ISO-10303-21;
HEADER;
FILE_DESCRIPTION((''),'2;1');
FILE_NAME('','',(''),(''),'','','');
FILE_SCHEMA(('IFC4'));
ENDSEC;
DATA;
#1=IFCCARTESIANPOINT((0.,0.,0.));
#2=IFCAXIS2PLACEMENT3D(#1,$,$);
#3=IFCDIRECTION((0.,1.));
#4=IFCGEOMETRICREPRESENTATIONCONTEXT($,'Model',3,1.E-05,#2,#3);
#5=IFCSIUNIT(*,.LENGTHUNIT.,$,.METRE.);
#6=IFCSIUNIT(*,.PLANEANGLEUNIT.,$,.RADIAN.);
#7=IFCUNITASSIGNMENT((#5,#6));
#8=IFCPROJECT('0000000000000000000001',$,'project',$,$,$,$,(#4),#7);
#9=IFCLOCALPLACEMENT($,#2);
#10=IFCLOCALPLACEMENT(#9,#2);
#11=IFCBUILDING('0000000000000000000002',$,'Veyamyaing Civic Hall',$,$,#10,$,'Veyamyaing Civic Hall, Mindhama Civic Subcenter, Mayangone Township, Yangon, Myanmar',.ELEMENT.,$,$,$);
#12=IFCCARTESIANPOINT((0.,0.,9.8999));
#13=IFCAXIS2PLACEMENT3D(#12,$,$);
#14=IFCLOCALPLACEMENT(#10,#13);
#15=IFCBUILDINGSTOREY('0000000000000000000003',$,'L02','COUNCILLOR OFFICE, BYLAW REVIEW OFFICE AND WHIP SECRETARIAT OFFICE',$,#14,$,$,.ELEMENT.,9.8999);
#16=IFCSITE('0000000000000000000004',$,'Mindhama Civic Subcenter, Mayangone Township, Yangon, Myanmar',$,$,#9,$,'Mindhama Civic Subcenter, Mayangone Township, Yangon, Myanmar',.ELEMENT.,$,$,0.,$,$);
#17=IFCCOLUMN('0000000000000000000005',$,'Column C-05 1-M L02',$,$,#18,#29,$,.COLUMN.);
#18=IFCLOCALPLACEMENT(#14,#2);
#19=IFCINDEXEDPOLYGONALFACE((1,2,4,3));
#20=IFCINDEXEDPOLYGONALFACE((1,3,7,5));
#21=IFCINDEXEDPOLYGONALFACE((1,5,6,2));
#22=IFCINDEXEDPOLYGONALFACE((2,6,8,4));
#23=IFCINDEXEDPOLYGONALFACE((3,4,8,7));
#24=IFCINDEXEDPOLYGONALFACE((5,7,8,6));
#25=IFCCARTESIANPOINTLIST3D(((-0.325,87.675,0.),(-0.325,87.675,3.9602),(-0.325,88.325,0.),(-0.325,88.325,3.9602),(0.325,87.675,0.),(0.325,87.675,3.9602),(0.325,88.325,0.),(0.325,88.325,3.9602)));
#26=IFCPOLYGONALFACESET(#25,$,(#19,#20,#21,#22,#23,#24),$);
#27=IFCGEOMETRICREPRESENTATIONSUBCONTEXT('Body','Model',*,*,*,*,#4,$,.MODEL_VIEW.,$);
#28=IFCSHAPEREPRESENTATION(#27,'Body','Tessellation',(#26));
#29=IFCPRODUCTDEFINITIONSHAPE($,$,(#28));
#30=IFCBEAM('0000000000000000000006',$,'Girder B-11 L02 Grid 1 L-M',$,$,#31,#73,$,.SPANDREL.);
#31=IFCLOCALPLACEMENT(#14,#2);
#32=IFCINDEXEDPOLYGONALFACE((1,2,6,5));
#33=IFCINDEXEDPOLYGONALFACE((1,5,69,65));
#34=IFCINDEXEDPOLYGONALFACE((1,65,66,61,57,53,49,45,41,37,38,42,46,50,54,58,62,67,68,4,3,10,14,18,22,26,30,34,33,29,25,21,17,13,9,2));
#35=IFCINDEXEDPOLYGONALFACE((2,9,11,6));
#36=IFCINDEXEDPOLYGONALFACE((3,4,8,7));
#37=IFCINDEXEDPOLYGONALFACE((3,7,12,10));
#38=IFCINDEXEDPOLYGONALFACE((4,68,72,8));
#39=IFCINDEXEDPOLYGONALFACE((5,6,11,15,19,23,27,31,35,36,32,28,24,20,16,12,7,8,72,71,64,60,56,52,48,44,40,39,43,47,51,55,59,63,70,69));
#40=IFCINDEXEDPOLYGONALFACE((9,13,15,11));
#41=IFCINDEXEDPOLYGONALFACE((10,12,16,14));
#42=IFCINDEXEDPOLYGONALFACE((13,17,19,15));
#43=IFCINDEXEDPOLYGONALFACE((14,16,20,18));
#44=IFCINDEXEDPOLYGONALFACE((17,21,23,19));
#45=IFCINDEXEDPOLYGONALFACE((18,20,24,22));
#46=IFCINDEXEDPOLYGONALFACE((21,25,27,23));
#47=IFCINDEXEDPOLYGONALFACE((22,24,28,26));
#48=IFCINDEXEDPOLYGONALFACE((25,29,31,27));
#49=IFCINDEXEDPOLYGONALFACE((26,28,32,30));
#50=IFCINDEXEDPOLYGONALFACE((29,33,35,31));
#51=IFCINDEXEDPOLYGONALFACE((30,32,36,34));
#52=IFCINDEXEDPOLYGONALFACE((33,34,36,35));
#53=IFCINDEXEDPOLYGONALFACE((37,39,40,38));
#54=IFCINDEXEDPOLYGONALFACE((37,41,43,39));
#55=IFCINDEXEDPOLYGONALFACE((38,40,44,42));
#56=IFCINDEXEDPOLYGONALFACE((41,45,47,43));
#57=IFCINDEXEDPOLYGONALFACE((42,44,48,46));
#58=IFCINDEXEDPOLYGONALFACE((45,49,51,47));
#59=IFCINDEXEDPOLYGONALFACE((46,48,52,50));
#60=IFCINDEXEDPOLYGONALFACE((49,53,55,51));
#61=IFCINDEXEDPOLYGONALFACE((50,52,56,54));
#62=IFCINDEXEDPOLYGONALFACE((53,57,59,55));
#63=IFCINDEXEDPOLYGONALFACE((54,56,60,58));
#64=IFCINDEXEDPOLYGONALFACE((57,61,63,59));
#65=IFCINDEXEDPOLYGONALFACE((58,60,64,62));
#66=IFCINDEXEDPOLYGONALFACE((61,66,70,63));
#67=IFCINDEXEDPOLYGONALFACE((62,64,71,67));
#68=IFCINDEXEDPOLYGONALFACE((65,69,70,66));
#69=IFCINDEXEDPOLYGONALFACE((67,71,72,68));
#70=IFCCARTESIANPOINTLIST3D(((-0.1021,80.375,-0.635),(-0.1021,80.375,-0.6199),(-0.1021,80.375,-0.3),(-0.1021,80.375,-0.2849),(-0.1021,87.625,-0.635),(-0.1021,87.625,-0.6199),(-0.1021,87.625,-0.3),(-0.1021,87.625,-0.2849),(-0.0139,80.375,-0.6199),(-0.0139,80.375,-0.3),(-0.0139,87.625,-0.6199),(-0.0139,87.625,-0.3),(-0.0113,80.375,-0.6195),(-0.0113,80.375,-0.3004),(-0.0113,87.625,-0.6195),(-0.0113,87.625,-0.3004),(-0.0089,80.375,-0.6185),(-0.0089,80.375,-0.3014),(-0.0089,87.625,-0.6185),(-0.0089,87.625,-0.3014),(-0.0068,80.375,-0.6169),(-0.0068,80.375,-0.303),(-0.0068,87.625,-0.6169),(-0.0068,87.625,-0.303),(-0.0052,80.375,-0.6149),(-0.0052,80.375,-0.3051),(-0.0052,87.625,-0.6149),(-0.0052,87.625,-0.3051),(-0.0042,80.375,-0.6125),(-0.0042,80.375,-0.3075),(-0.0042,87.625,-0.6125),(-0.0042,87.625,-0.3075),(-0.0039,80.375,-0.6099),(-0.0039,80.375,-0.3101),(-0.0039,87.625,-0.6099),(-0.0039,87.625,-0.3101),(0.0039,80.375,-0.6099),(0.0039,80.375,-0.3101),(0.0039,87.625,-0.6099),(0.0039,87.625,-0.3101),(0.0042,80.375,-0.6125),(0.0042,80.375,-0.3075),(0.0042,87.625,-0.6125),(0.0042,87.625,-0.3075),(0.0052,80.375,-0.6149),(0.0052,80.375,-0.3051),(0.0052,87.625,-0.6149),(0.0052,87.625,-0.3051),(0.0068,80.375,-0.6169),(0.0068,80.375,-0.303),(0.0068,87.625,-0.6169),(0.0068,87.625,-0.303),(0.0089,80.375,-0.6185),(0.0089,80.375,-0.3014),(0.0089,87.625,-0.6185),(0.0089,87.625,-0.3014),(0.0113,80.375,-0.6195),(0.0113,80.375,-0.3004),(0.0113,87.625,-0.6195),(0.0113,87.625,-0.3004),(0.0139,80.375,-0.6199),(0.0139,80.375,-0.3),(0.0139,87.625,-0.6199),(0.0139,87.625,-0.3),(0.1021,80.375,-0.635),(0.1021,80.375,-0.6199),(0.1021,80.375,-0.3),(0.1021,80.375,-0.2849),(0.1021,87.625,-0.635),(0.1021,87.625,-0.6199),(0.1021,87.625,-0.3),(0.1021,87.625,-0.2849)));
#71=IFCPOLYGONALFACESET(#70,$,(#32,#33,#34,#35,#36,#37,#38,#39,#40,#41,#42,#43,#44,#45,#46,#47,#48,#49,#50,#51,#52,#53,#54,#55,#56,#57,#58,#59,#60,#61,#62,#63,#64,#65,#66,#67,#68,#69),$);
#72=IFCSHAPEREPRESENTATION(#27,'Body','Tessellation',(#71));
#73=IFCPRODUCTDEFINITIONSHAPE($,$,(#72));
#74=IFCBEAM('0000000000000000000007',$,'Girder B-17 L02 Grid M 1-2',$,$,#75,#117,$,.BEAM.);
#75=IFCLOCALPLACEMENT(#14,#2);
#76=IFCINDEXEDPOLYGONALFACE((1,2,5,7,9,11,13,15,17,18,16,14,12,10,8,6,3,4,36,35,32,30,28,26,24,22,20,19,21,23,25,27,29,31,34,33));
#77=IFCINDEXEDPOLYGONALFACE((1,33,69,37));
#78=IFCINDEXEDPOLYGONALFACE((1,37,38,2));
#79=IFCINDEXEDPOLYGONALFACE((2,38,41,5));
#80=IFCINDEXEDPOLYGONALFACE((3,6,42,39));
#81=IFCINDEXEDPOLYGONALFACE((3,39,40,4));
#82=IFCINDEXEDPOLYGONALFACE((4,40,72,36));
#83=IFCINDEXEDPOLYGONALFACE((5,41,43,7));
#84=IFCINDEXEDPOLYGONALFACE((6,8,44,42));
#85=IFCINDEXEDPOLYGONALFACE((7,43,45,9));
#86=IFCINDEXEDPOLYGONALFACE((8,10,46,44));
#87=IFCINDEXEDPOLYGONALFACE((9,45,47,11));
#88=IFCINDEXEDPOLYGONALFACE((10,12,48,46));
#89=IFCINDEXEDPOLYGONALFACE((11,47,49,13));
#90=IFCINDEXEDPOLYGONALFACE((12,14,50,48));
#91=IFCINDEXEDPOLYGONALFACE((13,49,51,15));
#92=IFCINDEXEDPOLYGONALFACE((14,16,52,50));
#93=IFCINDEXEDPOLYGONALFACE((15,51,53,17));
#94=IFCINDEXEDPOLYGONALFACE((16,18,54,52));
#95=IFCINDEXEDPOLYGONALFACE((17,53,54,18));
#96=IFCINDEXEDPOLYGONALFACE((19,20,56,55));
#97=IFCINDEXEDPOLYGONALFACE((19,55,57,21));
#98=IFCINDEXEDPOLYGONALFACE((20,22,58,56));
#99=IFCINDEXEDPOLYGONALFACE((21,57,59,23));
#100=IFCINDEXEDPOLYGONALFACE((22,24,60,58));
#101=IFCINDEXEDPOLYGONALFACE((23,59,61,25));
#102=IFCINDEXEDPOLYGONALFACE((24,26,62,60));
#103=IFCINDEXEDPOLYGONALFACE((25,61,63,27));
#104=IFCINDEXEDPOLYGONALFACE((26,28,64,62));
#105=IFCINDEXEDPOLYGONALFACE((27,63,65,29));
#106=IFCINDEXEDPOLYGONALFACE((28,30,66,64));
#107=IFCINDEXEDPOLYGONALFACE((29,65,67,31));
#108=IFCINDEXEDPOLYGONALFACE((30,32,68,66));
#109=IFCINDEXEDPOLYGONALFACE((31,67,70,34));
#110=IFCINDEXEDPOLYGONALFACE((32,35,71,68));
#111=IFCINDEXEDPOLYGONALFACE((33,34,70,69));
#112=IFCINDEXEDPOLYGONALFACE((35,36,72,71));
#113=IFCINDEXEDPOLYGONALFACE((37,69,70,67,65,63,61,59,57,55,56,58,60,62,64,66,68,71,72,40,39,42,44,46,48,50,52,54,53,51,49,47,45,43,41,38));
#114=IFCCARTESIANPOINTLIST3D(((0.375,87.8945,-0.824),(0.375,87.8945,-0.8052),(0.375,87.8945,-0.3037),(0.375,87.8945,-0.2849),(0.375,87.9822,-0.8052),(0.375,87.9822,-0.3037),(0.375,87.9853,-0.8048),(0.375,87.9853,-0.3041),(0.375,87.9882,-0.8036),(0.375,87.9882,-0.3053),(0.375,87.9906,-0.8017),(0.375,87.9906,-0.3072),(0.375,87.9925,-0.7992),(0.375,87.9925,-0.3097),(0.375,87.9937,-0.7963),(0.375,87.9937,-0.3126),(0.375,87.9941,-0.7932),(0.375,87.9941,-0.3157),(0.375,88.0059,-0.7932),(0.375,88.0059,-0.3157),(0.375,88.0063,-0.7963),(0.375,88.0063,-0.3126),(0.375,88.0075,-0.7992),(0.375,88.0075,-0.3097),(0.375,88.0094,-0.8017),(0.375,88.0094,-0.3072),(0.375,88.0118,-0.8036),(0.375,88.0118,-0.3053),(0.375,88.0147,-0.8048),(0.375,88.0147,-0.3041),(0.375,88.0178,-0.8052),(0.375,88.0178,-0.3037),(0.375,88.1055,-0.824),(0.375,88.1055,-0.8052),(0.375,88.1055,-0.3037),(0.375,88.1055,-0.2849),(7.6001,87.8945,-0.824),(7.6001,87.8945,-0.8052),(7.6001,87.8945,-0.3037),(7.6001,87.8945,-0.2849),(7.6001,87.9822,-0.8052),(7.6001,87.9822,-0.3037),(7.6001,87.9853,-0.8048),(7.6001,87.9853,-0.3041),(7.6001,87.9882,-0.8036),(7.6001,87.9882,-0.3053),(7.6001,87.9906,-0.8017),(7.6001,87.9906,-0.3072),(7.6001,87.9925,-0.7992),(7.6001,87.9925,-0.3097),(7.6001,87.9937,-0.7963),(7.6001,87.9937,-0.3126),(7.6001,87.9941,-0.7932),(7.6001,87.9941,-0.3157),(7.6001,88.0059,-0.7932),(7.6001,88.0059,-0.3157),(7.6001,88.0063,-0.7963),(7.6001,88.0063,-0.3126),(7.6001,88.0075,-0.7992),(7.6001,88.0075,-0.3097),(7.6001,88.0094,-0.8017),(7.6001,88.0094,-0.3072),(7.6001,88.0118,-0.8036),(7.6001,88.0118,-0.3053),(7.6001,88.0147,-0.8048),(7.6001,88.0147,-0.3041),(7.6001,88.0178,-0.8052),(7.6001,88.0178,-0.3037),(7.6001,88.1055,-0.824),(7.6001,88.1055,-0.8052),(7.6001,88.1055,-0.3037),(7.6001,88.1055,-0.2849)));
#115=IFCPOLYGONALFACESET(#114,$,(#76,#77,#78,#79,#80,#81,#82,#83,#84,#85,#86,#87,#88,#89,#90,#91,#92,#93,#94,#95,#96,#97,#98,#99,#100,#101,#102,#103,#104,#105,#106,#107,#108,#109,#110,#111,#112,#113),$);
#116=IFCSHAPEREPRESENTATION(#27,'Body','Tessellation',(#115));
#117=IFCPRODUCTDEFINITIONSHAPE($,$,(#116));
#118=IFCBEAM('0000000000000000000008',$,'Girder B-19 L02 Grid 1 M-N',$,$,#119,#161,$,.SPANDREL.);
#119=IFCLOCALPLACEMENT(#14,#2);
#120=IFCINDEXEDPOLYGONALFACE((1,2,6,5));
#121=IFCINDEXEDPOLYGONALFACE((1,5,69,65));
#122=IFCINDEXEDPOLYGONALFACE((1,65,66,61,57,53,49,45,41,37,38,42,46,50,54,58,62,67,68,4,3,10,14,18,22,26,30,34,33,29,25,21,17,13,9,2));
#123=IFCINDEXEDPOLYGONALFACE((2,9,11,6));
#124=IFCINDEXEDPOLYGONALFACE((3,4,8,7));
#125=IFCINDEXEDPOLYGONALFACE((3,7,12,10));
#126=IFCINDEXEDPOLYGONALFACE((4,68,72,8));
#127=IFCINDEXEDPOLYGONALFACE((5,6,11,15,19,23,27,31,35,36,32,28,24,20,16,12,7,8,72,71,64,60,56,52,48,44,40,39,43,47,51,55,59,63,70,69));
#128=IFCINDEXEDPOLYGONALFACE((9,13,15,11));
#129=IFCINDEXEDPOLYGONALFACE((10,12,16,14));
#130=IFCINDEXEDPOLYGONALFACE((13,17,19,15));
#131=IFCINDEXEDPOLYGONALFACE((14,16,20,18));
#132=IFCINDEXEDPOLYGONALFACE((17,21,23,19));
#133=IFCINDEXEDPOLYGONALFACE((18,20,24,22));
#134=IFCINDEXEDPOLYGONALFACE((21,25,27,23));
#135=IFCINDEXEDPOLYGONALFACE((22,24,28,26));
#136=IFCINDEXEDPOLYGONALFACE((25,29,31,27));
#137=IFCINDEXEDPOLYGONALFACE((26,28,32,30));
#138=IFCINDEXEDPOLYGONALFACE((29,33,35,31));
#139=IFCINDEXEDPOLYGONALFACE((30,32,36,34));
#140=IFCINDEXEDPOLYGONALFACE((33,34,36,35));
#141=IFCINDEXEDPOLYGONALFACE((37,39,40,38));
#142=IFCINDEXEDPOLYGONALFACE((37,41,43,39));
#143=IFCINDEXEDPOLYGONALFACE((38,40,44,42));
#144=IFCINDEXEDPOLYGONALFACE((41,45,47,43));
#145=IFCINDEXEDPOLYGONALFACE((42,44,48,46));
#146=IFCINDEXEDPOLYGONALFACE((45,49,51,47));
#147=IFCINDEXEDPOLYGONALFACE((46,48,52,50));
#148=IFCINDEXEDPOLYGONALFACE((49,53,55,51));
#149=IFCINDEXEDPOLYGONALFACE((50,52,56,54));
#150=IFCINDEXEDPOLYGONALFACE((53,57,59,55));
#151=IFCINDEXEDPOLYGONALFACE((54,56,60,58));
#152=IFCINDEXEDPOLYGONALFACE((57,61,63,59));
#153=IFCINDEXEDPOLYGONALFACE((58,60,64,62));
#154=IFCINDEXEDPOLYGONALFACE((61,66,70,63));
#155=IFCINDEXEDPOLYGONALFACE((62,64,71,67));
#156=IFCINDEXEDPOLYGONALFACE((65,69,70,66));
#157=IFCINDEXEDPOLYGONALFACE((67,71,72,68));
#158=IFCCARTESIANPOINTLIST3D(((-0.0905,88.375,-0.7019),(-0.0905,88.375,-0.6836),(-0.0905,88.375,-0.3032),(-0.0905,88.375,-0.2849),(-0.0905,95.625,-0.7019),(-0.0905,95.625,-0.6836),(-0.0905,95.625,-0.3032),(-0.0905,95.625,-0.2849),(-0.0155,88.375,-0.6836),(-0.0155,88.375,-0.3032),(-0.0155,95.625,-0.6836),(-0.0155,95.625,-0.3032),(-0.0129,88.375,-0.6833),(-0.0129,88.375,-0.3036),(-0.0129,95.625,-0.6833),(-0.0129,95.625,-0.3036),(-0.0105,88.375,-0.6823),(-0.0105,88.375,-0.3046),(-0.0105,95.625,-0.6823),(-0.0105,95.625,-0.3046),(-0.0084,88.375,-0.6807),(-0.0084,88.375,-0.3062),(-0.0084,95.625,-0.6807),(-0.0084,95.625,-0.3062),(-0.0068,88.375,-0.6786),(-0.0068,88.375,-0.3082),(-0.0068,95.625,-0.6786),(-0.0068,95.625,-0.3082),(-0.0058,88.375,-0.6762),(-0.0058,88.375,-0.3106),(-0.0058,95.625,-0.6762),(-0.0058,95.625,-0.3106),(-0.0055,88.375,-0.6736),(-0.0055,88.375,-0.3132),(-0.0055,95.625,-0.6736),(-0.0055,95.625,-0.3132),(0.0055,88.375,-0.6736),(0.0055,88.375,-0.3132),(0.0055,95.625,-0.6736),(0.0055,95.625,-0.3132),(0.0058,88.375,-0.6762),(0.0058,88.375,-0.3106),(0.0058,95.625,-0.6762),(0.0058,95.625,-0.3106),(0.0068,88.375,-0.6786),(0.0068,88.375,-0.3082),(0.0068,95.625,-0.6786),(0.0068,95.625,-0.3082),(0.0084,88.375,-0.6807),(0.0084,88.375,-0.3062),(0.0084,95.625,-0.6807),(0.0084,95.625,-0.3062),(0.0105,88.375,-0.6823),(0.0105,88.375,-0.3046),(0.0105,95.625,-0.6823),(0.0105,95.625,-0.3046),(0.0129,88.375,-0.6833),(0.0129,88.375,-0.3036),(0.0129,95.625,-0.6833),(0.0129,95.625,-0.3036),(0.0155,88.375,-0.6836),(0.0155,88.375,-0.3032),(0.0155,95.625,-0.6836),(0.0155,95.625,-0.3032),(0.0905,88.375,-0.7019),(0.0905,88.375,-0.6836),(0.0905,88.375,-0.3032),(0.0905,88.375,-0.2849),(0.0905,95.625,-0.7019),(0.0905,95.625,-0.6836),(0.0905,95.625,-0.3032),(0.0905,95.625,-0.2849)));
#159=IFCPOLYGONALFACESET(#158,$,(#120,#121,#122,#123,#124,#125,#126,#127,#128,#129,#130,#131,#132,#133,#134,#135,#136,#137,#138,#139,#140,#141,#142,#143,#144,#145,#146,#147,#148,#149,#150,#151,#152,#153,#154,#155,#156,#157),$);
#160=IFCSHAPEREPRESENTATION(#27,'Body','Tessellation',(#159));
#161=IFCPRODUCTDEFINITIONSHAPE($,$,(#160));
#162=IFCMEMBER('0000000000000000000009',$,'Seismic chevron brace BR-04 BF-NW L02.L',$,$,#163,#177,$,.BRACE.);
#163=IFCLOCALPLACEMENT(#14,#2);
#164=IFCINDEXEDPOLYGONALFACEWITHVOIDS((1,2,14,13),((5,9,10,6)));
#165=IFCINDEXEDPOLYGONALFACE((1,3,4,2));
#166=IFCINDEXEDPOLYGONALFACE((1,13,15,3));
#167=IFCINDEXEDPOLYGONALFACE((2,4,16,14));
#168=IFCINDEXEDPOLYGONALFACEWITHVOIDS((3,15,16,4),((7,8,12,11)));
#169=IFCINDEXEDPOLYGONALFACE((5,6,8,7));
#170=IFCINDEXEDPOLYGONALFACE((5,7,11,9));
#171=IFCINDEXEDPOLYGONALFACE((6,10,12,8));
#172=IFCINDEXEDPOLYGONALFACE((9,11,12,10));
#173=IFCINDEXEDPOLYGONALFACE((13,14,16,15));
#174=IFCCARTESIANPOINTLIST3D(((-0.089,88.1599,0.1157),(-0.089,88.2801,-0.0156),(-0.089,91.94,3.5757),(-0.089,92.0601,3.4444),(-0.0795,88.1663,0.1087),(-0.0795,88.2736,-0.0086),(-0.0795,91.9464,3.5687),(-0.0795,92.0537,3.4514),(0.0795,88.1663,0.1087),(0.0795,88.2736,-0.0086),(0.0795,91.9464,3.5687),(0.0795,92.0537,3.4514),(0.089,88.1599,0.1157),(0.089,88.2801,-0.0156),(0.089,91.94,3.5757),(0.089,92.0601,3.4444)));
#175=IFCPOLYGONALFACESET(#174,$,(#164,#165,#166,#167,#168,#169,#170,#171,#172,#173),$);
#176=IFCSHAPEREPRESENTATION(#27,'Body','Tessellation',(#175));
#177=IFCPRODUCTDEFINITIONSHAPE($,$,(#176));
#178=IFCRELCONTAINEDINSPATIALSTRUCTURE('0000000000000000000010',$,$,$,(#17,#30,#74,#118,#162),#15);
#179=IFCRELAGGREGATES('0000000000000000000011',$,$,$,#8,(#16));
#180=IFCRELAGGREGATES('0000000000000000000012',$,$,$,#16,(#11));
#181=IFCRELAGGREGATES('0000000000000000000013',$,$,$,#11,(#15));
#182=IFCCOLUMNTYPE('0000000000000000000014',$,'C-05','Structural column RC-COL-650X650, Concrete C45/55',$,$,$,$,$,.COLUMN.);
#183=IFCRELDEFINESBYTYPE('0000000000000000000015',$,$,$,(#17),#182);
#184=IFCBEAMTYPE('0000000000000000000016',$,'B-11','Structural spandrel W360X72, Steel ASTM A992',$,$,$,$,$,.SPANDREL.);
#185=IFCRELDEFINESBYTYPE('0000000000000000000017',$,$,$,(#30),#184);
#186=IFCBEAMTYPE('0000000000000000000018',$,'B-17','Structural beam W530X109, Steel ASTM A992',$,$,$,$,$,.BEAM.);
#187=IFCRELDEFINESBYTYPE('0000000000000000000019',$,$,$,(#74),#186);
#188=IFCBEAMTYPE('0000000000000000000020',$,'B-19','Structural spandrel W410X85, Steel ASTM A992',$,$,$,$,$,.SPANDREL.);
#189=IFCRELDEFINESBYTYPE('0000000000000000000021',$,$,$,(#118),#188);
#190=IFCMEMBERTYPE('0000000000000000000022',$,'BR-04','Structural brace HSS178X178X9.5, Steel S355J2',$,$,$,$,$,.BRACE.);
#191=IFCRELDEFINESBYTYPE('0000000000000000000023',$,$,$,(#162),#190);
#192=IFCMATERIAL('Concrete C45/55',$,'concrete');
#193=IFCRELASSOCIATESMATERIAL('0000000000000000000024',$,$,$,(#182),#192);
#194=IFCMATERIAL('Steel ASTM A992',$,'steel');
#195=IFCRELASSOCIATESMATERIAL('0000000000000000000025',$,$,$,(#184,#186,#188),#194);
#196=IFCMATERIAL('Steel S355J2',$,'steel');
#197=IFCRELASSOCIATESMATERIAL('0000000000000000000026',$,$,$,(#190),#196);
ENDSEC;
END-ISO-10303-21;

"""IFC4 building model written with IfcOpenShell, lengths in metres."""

from ifc_helpers import new_model, si_unit, direction, frame, origin, origin_2d, place, context, subcontext, project, spatial, rectangle, hollow_rectangle, i_section, extrude, material, material_profile, profile_set, type_object, element, save


model = new_model("IFC4")

# Units and contexts
model_context = context("Model", 3, precision=1e-05, world=origin(), true_north=direction((0.0, 1.0)))
body_context = subcontext(model_context, "Body", "Model", "MODEL_VIEW")
ifc_project = project(units=[si_unit("LENGTHUNIT", "METRE"), si_unit("PLANEANGLEUNIT", "RADIAN")], contexts=[model_context])

# Site, building, storey
site_placement = place(None, origin())
site = spatial("IfcSite", under=ifc_project, at=site_placement, Name="Mindhama Civic Subcenter, Mayangone Township, Yangon, Myanmar", LongName="Mindhama Civic Subcenter, Mayangone Township, Yangon, Myanmar", CompositionType="ELEMENT", RefElevation=0.0)
building_placement = place(site_placement, origin())
building = spatial("IfcBuilding", under=site, at=building_placement, Name="Veyamyaing Civic Hall", LongName="Veyamyaing Civic Hall, Mindhama Civic Subcenter, Mayangone Township, Yangon, Myanmar", CompositionType="ELEMENT")
storey_placement = place(building_placement, frame((0.0, 0.0, 9.8999)))
storey = spatial("IfcBuildingStorey", under=building, at=storey_placement, Name="L02", Description="COUNCILLOR OFFICE, BYLAW REVIEW OFFICE AND WHIP SECRETARIAT OFFICE", CompositionType="ELEMENT", Elevation=9.8999)

# Column
ifc_material_1 = material(Name="Concrete C45/55", Category="concrete")
ifc_material_profile_1 = material_profile(ifc_material_1, rectangle(XDim=0.6499, YDim=0.6499, at=origin_2d()), Name="RC-COL-650X650")
ifc_profile_set_1 = profile_set([ifc_material_profile_1], Name="Concrete C45/55")
column_type = type_object("IfcColumnType", Name="C-05", Description="Structural column RC-COL-650X650, Concrete C45/55", PredefinedType="COLUMN", material=ifc_profile_set_1)
column_placement = place(storey_placement, frame((0.0, 88.0, 0.0), z_axis=(0.0, 0.0, 1.0), x_axis=(1.0, 0.0, 0.0)))
element("IfcColumn", 1, at=column_placement, inside=storey, type_object=column_type, Name="Column C-05 1-M L02", PredefinedType="COLUMN", context=body_context, shape_type="SweptSolid", body=[
    extrude(rectangle(XDim=0.6499, YDim=0.6499, at=origin_2d()), origin(), (0.0, 0.0, 1.0), 3.9602),
])

# Beams
ifc_material_2 = material(Name="Steel ASTM A992", Category="steel")
ifc_material_profile_2 = material_profile(ifc_material_2, i_section(OverallWidth=0.2041, OverallDepth=0.3501, WebThickness=0.0078, FlangeThickness=0.0151, FilletRadius=0.01, at=origin_2d()), Name="W360X72")
ifc_profile_set_2 = profile_set([ifc_material_profile_2], Name="Steel ASTM A992")
beam_type_1 = type_object("IfcBeamType", Name="B-11", Description="Structural spandrel W360X72, Steel ASTM A992", PredefinedType="SPANDREL", material=ifc_profile_set_2)
beam_1_placement = place(storey_placement, frame((0.0, 80.375, -0.46), z_axis=(0.0, 1.0, 0.0), x_axis=(-1.0, 0.0, 0.0)))
element("IfcBeam", 2, at=beam_1_placement, inside=storey, type_object=beam_type_1, Name="Girder B-11 L02 Grid 1 L-M", PredefinedType="SPANDREL", context=body_context, shape_type="SweptSolid", body=[
    extrude(i_section(OverallWidth=0.2041, OverallDepth=0.3501, WebThickness=0.0078, FlangeThickness=0.0151, FilletRadius=0.01, at=origin_2d()), origin(), (0.0, 0.0, 1.0), 7.25),
])
ifc_material_profile_3 = material_profile(ifc_material_2, i_section(OverallWidth=0.2109, OverallDepth=0.5391, WebThickness=0.0117, FlangeThickness=0.0188, FilletRadius=0.012, at=origin_2d()), Name="W530X109")
ifc_profile_set_3 = profile_set([ifc_material_profile_3], Name="Steel ASTM A992")
beam_type_2 = type_object("IfcBeamType", Name="B-17", Description="Structural beam W530X109, Steel ASTM A992", PredefinedType="BEAM", material=ifc_profile_set_3)
beam_2_placement = place(storey_placement, frame((0.375, 88.0, -0.5544), z_axis=(1.0, 0.0, 0.0), x_axis=(0.0, 1.0, 0.0)))
element("IfcBeam", 3, at=beam_2_placement, inside=storey, type_object=beam_type_2, Name="Girder B-17 L02 Grid M 1-2", PredefinedType="BEAM", context=body_context, shape_type="SweptSolid", body=[
    extrude(i_section(OverallWidth=0.2109, OverallDepth=0.5391, WebThickness=0.0117, FlangeThickness=0.0188, FilletRadius=0.012, at=origin_2d()), origin(), (0.0, 0.0, 1.0), 7.2251),
])
ifc_material_profile_4 = material_profile(ifc_material_2, i_section(OverallWidth=0.1809, OverallDepth=0.417, WebThickness=0.011, FlangeThickness=0.0183, FilletRadius=0.01, at=origin_2d()), Name="W410X85")
ifc_profile_set_4 = profile_set([ifc_material_profile_4], Name="Steel ASTM A992")
beam_type_3 = type_object("IfcBeamType", Name="B-19", Description="Structural spandrel W410X85, Steel ASTM A992", PredefinedType="SPANDREL", material=ifc_profile_set_4)
beam_3_placement = place(storey_placement, frame((0.0, 88.375, -0.4934), z_axis=(0.0, 1.0, 0.0), x_axis=(-1.0, 0.0, 0.0)))
element("IfcBeam", 4, at=beam_3_placement, inside=storey, type_object=beam_type_3, Name="Girder B-19 L02 Grid 1 M-N", PredefinedType="SPANDREL", context=body_context, shape_type="SweptSolid", body=[
    extrude(i_section(OverallWidth=0.1809, OverallDepth=0.417, WebThickness=0.011, FlangeThickness=0.0183, FilletRadius=0.01, at=origin_2d()), origin(), (0.0, 0.0, 1.0), 7.25),
])

# Member
ifc_material_3 = material(Name="Steel S355J2", Category="steel")
ifc_material_profile_5 = material_profile(ifc_material_3, hollow_rectangle(XDim=0.178, YDim=0.178, WallThickness=0.0095, at=origin_2d()), Name="HSS178X178X9.5")
ifc_profile_set_5 = profile_set([ifc_material_profile_5], Name="Steel S355J2")
member_type = type_object("IfcMemberType", Name="BR-04", Description="Structural brace HSS178X178X9.5, Steel S355J2", PredefinedType="BRACE", material=ifc_profile_set_5)
member_placement = place(storey_placement, frame((0.0, 88.22, 0.05), z_axis=(0.0, 0.737646, 0.675187), x_axis=(-1.0, 0.0, 0.0)))
element("IfcMember", 5, at=member_placement, inside=storey, type_object=member_type, Name="Seismic chevron brace BR-04 BF-NW L02.L", PredefinedType="BRACE", context=body_context, shape_type="SweptSolid", body=[
    extrude(hollow_rectangle(XDim=0.178, YDim=0.178, WallThickness=0.0095, at=origin_2d()), origin(), (0.0, 0.0, 1.0), 5.1245),
])

save(model, "model.ifc")
